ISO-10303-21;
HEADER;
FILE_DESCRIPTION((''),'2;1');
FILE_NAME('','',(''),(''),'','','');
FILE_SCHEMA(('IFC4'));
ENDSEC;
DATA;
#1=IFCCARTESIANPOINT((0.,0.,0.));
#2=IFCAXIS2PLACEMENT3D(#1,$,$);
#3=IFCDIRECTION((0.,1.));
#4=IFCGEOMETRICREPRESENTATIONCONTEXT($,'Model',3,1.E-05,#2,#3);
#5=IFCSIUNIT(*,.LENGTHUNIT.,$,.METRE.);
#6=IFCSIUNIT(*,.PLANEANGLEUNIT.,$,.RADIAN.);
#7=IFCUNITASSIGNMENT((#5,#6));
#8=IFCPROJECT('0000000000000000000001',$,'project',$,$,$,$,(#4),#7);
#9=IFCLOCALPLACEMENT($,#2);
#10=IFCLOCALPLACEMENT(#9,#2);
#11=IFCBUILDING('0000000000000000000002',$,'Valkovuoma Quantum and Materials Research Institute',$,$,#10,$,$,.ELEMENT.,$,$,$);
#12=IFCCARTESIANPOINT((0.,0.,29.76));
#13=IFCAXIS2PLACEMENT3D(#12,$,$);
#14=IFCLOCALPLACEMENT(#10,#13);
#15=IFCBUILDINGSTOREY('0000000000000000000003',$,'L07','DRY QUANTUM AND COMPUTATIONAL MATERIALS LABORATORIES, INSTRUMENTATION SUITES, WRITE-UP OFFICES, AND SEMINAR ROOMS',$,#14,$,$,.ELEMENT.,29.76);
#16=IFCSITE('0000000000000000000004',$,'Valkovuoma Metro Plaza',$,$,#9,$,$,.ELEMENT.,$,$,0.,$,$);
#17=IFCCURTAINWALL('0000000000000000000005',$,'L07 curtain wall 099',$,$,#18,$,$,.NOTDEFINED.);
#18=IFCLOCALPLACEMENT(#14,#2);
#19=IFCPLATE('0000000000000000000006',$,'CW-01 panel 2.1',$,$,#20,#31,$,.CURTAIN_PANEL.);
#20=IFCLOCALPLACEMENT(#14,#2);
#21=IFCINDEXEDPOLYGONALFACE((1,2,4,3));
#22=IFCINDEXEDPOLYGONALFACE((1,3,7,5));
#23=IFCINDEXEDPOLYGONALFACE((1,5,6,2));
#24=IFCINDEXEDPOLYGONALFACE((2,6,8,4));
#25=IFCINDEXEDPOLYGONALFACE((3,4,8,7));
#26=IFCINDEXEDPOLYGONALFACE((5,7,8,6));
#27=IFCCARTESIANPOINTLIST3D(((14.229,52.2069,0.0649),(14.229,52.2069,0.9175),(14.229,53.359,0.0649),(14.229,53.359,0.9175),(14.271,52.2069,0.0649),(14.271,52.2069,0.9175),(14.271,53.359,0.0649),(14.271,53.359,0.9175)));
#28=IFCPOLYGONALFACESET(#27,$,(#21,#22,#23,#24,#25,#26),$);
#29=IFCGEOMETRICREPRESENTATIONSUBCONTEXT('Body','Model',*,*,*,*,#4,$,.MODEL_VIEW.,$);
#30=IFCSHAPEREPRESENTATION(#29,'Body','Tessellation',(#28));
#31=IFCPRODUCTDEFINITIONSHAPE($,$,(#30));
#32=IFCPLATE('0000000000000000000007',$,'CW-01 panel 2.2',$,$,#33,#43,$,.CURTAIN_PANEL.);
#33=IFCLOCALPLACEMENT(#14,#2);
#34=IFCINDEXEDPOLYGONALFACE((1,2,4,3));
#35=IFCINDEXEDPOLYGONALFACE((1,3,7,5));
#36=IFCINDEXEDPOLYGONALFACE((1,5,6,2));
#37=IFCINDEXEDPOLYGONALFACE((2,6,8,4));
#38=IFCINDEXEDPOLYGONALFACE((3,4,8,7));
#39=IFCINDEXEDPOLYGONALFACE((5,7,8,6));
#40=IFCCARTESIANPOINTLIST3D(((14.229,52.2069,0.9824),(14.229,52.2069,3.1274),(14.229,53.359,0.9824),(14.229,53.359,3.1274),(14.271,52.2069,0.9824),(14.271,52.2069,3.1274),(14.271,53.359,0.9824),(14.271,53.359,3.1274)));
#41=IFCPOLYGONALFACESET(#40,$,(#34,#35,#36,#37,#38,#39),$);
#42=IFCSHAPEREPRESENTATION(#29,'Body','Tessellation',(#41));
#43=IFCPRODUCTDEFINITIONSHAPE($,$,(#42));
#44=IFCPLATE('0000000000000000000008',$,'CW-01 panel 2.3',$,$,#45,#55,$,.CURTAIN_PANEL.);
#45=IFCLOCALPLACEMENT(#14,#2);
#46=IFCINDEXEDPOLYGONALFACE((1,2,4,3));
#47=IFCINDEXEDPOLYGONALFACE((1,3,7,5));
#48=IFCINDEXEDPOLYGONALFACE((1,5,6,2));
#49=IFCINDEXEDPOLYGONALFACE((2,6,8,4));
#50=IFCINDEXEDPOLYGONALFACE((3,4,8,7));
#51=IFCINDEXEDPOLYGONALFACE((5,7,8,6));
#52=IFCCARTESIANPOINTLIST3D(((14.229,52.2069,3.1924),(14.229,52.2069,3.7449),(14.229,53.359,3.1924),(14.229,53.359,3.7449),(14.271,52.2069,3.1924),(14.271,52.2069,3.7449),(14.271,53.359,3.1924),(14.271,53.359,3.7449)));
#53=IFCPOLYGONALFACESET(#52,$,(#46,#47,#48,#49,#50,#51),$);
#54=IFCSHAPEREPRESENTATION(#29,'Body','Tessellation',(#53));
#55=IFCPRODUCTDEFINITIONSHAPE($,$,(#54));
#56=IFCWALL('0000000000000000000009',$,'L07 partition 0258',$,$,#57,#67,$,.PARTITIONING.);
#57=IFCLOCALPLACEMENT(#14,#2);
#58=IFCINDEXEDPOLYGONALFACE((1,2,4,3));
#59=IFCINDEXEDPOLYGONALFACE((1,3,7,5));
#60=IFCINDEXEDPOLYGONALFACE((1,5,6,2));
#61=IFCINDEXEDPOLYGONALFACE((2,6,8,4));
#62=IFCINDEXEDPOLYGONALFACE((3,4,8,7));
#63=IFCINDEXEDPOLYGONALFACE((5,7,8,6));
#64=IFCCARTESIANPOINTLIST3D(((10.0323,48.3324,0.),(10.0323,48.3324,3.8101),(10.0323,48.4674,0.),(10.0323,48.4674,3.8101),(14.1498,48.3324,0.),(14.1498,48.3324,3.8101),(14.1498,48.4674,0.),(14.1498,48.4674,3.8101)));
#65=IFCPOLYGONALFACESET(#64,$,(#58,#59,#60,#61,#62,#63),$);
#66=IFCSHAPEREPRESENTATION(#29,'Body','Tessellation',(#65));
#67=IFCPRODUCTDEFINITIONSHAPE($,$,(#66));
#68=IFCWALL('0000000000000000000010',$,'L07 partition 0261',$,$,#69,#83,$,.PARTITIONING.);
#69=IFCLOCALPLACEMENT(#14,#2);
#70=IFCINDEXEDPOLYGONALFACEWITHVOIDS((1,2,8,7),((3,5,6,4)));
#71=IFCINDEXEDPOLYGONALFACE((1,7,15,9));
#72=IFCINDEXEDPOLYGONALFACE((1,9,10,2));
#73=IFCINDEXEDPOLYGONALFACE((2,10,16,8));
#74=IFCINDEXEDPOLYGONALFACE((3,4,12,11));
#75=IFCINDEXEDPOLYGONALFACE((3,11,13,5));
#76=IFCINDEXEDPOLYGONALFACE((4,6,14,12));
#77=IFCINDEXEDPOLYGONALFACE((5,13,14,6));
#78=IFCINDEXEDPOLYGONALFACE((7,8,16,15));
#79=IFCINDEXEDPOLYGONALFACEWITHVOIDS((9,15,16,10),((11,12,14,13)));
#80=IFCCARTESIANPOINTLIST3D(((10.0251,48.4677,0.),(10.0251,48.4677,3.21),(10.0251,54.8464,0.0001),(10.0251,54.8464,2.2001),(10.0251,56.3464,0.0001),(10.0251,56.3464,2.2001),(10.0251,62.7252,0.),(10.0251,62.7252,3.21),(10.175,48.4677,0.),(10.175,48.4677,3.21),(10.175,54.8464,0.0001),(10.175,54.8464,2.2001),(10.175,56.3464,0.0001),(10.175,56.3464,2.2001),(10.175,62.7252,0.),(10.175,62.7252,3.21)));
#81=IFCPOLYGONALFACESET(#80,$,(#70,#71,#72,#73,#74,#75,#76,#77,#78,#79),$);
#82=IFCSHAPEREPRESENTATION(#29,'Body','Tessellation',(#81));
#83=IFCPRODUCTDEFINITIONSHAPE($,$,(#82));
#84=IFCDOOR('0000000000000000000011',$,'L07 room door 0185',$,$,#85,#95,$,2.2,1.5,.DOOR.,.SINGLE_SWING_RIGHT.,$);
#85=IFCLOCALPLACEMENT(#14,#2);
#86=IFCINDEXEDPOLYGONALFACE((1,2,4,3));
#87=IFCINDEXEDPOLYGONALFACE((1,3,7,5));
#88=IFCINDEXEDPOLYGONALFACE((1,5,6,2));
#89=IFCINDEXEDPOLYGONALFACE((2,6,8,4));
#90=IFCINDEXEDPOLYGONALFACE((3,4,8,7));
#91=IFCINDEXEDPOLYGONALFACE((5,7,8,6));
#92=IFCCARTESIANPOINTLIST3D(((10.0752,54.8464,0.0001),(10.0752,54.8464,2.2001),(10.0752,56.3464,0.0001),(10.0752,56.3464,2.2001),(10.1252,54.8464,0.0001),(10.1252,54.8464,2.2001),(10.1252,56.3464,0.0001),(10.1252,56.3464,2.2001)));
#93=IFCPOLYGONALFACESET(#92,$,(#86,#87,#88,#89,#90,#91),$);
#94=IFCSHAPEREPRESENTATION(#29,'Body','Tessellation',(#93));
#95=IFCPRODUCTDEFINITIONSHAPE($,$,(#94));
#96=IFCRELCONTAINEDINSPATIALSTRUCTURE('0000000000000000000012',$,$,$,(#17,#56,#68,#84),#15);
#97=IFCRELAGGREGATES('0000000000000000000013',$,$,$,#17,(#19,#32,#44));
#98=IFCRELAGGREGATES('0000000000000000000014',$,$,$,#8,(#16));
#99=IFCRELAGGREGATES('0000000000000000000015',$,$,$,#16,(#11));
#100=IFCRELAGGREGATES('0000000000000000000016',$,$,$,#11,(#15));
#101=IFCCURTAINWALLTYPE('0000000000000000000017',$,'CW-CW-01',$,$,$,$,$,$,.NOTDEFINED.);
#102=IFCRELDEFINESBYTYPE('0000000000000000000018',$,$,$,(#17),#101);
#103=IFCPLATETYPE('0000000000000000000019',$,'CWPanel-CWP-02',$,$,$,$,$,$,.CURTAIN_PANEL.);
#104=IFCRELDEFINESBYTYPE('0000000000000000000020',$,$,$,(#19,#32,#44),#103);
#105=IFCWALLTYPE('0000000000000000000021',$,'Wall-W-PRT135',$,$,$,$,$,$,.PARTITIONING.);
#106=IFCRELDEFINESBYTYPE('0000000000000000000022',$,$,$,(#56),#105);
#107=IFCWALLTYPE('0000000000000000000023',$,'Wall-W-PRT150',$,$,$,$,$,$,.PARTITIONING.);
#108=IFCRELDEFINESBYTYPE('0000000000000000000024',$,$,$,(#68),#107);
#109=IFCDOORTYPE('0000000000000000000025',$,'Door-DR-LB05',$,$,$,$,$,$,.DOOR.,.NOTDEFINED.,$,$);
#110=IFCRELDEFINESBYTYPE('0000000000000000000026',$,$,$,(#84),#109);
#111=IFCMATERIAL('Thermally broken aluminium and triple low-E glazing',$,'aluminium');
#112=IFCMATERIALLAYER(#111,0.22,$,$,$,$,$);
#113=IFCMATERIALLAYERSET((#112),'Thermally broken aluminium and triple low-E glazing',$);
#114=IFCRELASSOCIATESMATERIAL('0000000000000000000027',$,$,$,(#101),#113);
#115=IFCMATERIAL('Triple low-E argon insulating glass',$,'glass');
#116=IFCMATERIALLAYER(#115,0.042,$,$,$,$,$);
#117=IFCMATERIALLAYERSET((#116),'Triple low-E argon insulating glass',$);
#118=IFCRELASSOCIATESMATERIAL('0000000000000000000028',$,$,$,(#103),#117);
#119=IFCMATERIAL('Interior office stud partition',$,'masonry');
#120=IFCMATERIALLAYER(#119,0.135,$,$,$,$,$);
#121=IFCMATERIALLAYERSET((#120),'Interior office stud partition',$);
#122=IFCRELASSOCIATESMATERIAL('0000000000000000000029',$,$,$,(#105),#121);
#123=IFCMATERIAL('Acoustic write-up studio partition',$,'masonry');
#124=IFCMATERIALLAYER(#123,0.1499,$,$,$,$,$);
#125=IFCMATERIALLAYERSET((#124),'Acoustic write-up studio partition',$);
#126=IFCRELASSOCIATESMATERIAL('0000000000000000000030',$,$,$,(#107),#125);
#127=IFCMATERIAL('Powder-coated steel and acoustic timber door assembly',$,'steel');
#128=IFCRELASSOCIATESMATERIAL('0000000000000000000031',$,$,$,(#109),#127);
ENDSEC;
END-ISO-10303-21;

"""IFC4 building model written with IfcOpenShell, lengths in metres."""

from ifc_helpers import new_model, si_unit, direction, frame, frame_2d, origin, origin_2d, place, context, subcontext, project, spatial, rectangle, extrude, material, layer, layer_set, type_object, element, fill, aggregate, save


model = new_model("IFC4")

# Units and contexts
model_context = context("Model", 3, precision=1e-05, world=origin(), true_north=direction((0.0, 1.0)))
body_context = subcontext(model_context, "Body", "Model", "MODEL_VIEW")
ifc_project = project(units=[si_unit("LENGTHUNIT", "METRE"), si_unit("PLANEANGLEUNIT", "RADIAN")], contexts=[model_context])

# Site, building, storey
site_placement = place(None, origin())
site = spatial("IfcSite", under=ifc_project, at=site_placement, Name="Valkovuoma Metro Plaza", CompositionType="ELEMENT", RefElevation=0.0)
building_placement = place(site_placement, origin())
building = spatial("IfcBuilding", under=site, at=building_placement, Name="Valkovuoma Quantum and Materials Research Institute", CompositionType="ELEMENT")
storey_placement = place(building_placement, frame((0.0, 0.0, 29.76)))
storey = spatial("IfcBuildingStorey", under=building, at=storey_placement, Name="L07", Description="DRY QUANTUM AND COMPUTATIONAL MATERIALS LABORATORIES, INSTRUMENTATION SUITES, WRITE-UP OFFICES, AND SEMINAR ROOMS", CompositionType="ELEMENT", Elevation=29.76)

# Curtain wall
ifc_material_1 = material(Name="Thermally broken aluminium and triple low-E glazing", Category="aluminium")
ifc_layer_1 = layer(ifc_material_1, 0.22)
ifc_layer_set_1 = layer_set([ifc_layer_1], Name="Thermally broken aluminium and triple low-E glazing")
curtain_wall_type = type_object("IfcCurtainWallType", Name="CW-CW-01", PredefinedType="NOTDEFINED", material=ifc_layer_set_1)
curtain_wall_1_placement = place(storey_placement, origin())
curtain_wall_1 = element("IfcCurtainWall", 1, at=curtain_wall_1_placement, inside=storey, type_object=curtain_wall_type, Name="L07 curtain wall 099", PredefinedType="NOTDEFINED")

# Plates
ifc_material_2 = material(Name="Triple low-E argon insulating glass", Category="glass")
ifc_layer_2 = layer(ifc_material_2, 0.042)
ifc_layer_set_2 = layer_set([ifc_layer_2], Name="Triple low-E argon insulating glass")
plate_type = type_object("IfcPlateType", Name="CWPanel-CWP-02", PredefinedType="CURTAIN_PANEL", material=ifc_layer_set_2)
plate_1_placement = place(storey_placement, frame((14.25, 52.783, 0.0649), z_axis=(0.0, 0.0, 1.0), x_axis=(0.0, 1.0, 0.0)))
plate_1 = element("IfcPlate", 2, at=plate_1_placement, type_object=plate_type, Name="CW-01 panel 2.1", PredefinedType="CURTAIN_PANEL", context=body_context, shape_type="SweptSolid", body=[
    extrude(rectangle(XDim=1.1521, YDim=0.042, at=origin_2d()), origin(), (0.0, 0.0, 1.0), 0.8525),
])
plate_2_placement = place(storey_placement, frame((14.25, 52.783, 0.9824), z_axis=(0.0, 0.0, 1.0), x_axis=(0.0, 1.0, 0.0)))
plate_2 = element("IfcPlate", 3, at=plate_2_placement, type_object=plate_type, Name="CW-01 panel 2.2", PredefinedType="CURTAIN_PANEL", context=body_context, shape_type="SweptSolid", body=[
    extrude(rectangle(XDim=1.1521, YDim=0.042, at=origin_2d()), origin(), (0.0, 0.0, 1.0), 2.145),
])
plate_3_placement = place(storey_placement, frame((14.25, 52.783, 3.1924), z_axis=(0.0, 0.0, 1.0), x_axis=(0.0, 1.0, 0.0)))
plate_3 = element("IfcPlate", 4, at=plate_3_placement, type_object=plate_type, Name="CW-01 panel 2.3", PredefinedType="CURTAIN_PANEL", context=body_context, shape_type="SweptSolid", body=[
    extrude(rectangle(XDim=1.1521, YDim=0.042, at=origin_2d()), origin(), (0.0, 0.0, 1.0), 0.5525),
])
aggregate(curtain_wall_1, [plate_1, plate_2, plate_3])

# Wall
ifc_material_3 = material(Name="Interior office stud partition", Category="masonry")
ifc_layer_3 = layer(ifc_material_3, 0.135)
ifc_layer_set_3 = layer_set([ifc_layer_3], Name="Interior office stud partition")
wall_type_1 = type_object("IfcWallType", Name="Wall-W-PRT135", PredefinedType="PARTITIONING", material=ifc_layer_set_3)
wall_1_placement = place(storey_placement, frame((10.0325, 48.3999, 0.0), z_axis=(0.0, 0.0, 1.0), x_axis=(1.0, 0.0, 0.0)))
element("IfcWall", 5, at=wall_1_placement, inside=storey, type_object=wall_type_1, Name="L07 partition 0258", PredefinedType="PARTITIONING", context=body_context, shape_type="SweptSolid", body=[
    extrude(rectangle(XDim=4.1174, YDim=0.135, at=frame_2d((2.0586, 0.0))), origin(), (0.0, 0.0, 1.0), 3.8101),
])

# Wall, opening, door
ifc_material_4 = material(Name="Acoustic write-up studio partition", Category="masonry")
ifc_layer_4 = layer(ifc_material_4, 0.1499)
ifc_layer_set_4 = layer_set([ifc_layer_4], Name="Acoustic write-up studio partition")
wall_type_2 = type_object("IfcWallType", Name="Wall-W-PRT150", PredefinedType="PARTITIONING", material=ifc_layer_set_4)
wall_2_placement = place(storey_placement, frame((10.1001, 48.4675, 0.0), z_axis=(0.0, 0.0, 1.0), x_axis=(0.0, 1.0, 0.0)))
wall_2 = element("IfcWall", 6, at=wall_2_placement, inside=storey, type_object=wall_type_2, Name="L07 partition 0261", PredefinedType="PARTITIONING", context=body_context, shape_type="SweptSolid", body=[
    extrude(rectangle(XDim=14.2576, YDim=0.1499, at=frame_2d((7.1289, 0.0))), origin(), (0.0, 0.0, 1.0), 3.21),
])
opening_placement = place(wall_2_placement, frame((6.3789, 0.0, 0.0)))
opening = element("IfcOpeningElement", 7, at=opening_placement, cuts=wall_2, PredefinedType="OPENING", context=body_context, shape_type="SweptSolid", body=[
    extrude(rectangle(XDim=1.5, YDim=2.2, at=frame_2d((0.75, 1.1001))), frame((0.0, 0.085, 0.0), z_axis=(0.0, -1.0, 0.0), x_axis=(1.0, 0.0, 0.0)), (0.0, 0.0, 1.0), 0.1699),
])
ifc_material_5 = material(Name="Powder-coated steel and acoustic timber door assembly", Category="steel")
door_type = type_object("IfcDoorType", Name="Door-DR-LB05", OperationType="NOTDEFINED", PredefinedType="DOOR", material=ifc_material_5)
door_placement = place(opening_placement, origin())
door = element("IfcDoor", 8, at=door_placement, inside=storey, type_object=door_type, Name="L07 room door 0185", OperationType="SINGLE_SWING_RIGHT", OverallHeight=2.2, OverallWidth=1.5, PredefinedType="DOOR", context=body_context, shape_type="SweptSolid", body=[
    extrude(rectangle(XDim=1.5, YDim=2.2, at=frame_2d((0.75, 1.1001))), frame((0.0, 0.0249, 0.0), z_axis=(0.0, -1.0, 0.0), x_axis=(1.0, 0.0, 0.0)), (0.0, 0.0, 1.0), 0.05),
])
fill(opening, door)

save(model, "model.ifc")
